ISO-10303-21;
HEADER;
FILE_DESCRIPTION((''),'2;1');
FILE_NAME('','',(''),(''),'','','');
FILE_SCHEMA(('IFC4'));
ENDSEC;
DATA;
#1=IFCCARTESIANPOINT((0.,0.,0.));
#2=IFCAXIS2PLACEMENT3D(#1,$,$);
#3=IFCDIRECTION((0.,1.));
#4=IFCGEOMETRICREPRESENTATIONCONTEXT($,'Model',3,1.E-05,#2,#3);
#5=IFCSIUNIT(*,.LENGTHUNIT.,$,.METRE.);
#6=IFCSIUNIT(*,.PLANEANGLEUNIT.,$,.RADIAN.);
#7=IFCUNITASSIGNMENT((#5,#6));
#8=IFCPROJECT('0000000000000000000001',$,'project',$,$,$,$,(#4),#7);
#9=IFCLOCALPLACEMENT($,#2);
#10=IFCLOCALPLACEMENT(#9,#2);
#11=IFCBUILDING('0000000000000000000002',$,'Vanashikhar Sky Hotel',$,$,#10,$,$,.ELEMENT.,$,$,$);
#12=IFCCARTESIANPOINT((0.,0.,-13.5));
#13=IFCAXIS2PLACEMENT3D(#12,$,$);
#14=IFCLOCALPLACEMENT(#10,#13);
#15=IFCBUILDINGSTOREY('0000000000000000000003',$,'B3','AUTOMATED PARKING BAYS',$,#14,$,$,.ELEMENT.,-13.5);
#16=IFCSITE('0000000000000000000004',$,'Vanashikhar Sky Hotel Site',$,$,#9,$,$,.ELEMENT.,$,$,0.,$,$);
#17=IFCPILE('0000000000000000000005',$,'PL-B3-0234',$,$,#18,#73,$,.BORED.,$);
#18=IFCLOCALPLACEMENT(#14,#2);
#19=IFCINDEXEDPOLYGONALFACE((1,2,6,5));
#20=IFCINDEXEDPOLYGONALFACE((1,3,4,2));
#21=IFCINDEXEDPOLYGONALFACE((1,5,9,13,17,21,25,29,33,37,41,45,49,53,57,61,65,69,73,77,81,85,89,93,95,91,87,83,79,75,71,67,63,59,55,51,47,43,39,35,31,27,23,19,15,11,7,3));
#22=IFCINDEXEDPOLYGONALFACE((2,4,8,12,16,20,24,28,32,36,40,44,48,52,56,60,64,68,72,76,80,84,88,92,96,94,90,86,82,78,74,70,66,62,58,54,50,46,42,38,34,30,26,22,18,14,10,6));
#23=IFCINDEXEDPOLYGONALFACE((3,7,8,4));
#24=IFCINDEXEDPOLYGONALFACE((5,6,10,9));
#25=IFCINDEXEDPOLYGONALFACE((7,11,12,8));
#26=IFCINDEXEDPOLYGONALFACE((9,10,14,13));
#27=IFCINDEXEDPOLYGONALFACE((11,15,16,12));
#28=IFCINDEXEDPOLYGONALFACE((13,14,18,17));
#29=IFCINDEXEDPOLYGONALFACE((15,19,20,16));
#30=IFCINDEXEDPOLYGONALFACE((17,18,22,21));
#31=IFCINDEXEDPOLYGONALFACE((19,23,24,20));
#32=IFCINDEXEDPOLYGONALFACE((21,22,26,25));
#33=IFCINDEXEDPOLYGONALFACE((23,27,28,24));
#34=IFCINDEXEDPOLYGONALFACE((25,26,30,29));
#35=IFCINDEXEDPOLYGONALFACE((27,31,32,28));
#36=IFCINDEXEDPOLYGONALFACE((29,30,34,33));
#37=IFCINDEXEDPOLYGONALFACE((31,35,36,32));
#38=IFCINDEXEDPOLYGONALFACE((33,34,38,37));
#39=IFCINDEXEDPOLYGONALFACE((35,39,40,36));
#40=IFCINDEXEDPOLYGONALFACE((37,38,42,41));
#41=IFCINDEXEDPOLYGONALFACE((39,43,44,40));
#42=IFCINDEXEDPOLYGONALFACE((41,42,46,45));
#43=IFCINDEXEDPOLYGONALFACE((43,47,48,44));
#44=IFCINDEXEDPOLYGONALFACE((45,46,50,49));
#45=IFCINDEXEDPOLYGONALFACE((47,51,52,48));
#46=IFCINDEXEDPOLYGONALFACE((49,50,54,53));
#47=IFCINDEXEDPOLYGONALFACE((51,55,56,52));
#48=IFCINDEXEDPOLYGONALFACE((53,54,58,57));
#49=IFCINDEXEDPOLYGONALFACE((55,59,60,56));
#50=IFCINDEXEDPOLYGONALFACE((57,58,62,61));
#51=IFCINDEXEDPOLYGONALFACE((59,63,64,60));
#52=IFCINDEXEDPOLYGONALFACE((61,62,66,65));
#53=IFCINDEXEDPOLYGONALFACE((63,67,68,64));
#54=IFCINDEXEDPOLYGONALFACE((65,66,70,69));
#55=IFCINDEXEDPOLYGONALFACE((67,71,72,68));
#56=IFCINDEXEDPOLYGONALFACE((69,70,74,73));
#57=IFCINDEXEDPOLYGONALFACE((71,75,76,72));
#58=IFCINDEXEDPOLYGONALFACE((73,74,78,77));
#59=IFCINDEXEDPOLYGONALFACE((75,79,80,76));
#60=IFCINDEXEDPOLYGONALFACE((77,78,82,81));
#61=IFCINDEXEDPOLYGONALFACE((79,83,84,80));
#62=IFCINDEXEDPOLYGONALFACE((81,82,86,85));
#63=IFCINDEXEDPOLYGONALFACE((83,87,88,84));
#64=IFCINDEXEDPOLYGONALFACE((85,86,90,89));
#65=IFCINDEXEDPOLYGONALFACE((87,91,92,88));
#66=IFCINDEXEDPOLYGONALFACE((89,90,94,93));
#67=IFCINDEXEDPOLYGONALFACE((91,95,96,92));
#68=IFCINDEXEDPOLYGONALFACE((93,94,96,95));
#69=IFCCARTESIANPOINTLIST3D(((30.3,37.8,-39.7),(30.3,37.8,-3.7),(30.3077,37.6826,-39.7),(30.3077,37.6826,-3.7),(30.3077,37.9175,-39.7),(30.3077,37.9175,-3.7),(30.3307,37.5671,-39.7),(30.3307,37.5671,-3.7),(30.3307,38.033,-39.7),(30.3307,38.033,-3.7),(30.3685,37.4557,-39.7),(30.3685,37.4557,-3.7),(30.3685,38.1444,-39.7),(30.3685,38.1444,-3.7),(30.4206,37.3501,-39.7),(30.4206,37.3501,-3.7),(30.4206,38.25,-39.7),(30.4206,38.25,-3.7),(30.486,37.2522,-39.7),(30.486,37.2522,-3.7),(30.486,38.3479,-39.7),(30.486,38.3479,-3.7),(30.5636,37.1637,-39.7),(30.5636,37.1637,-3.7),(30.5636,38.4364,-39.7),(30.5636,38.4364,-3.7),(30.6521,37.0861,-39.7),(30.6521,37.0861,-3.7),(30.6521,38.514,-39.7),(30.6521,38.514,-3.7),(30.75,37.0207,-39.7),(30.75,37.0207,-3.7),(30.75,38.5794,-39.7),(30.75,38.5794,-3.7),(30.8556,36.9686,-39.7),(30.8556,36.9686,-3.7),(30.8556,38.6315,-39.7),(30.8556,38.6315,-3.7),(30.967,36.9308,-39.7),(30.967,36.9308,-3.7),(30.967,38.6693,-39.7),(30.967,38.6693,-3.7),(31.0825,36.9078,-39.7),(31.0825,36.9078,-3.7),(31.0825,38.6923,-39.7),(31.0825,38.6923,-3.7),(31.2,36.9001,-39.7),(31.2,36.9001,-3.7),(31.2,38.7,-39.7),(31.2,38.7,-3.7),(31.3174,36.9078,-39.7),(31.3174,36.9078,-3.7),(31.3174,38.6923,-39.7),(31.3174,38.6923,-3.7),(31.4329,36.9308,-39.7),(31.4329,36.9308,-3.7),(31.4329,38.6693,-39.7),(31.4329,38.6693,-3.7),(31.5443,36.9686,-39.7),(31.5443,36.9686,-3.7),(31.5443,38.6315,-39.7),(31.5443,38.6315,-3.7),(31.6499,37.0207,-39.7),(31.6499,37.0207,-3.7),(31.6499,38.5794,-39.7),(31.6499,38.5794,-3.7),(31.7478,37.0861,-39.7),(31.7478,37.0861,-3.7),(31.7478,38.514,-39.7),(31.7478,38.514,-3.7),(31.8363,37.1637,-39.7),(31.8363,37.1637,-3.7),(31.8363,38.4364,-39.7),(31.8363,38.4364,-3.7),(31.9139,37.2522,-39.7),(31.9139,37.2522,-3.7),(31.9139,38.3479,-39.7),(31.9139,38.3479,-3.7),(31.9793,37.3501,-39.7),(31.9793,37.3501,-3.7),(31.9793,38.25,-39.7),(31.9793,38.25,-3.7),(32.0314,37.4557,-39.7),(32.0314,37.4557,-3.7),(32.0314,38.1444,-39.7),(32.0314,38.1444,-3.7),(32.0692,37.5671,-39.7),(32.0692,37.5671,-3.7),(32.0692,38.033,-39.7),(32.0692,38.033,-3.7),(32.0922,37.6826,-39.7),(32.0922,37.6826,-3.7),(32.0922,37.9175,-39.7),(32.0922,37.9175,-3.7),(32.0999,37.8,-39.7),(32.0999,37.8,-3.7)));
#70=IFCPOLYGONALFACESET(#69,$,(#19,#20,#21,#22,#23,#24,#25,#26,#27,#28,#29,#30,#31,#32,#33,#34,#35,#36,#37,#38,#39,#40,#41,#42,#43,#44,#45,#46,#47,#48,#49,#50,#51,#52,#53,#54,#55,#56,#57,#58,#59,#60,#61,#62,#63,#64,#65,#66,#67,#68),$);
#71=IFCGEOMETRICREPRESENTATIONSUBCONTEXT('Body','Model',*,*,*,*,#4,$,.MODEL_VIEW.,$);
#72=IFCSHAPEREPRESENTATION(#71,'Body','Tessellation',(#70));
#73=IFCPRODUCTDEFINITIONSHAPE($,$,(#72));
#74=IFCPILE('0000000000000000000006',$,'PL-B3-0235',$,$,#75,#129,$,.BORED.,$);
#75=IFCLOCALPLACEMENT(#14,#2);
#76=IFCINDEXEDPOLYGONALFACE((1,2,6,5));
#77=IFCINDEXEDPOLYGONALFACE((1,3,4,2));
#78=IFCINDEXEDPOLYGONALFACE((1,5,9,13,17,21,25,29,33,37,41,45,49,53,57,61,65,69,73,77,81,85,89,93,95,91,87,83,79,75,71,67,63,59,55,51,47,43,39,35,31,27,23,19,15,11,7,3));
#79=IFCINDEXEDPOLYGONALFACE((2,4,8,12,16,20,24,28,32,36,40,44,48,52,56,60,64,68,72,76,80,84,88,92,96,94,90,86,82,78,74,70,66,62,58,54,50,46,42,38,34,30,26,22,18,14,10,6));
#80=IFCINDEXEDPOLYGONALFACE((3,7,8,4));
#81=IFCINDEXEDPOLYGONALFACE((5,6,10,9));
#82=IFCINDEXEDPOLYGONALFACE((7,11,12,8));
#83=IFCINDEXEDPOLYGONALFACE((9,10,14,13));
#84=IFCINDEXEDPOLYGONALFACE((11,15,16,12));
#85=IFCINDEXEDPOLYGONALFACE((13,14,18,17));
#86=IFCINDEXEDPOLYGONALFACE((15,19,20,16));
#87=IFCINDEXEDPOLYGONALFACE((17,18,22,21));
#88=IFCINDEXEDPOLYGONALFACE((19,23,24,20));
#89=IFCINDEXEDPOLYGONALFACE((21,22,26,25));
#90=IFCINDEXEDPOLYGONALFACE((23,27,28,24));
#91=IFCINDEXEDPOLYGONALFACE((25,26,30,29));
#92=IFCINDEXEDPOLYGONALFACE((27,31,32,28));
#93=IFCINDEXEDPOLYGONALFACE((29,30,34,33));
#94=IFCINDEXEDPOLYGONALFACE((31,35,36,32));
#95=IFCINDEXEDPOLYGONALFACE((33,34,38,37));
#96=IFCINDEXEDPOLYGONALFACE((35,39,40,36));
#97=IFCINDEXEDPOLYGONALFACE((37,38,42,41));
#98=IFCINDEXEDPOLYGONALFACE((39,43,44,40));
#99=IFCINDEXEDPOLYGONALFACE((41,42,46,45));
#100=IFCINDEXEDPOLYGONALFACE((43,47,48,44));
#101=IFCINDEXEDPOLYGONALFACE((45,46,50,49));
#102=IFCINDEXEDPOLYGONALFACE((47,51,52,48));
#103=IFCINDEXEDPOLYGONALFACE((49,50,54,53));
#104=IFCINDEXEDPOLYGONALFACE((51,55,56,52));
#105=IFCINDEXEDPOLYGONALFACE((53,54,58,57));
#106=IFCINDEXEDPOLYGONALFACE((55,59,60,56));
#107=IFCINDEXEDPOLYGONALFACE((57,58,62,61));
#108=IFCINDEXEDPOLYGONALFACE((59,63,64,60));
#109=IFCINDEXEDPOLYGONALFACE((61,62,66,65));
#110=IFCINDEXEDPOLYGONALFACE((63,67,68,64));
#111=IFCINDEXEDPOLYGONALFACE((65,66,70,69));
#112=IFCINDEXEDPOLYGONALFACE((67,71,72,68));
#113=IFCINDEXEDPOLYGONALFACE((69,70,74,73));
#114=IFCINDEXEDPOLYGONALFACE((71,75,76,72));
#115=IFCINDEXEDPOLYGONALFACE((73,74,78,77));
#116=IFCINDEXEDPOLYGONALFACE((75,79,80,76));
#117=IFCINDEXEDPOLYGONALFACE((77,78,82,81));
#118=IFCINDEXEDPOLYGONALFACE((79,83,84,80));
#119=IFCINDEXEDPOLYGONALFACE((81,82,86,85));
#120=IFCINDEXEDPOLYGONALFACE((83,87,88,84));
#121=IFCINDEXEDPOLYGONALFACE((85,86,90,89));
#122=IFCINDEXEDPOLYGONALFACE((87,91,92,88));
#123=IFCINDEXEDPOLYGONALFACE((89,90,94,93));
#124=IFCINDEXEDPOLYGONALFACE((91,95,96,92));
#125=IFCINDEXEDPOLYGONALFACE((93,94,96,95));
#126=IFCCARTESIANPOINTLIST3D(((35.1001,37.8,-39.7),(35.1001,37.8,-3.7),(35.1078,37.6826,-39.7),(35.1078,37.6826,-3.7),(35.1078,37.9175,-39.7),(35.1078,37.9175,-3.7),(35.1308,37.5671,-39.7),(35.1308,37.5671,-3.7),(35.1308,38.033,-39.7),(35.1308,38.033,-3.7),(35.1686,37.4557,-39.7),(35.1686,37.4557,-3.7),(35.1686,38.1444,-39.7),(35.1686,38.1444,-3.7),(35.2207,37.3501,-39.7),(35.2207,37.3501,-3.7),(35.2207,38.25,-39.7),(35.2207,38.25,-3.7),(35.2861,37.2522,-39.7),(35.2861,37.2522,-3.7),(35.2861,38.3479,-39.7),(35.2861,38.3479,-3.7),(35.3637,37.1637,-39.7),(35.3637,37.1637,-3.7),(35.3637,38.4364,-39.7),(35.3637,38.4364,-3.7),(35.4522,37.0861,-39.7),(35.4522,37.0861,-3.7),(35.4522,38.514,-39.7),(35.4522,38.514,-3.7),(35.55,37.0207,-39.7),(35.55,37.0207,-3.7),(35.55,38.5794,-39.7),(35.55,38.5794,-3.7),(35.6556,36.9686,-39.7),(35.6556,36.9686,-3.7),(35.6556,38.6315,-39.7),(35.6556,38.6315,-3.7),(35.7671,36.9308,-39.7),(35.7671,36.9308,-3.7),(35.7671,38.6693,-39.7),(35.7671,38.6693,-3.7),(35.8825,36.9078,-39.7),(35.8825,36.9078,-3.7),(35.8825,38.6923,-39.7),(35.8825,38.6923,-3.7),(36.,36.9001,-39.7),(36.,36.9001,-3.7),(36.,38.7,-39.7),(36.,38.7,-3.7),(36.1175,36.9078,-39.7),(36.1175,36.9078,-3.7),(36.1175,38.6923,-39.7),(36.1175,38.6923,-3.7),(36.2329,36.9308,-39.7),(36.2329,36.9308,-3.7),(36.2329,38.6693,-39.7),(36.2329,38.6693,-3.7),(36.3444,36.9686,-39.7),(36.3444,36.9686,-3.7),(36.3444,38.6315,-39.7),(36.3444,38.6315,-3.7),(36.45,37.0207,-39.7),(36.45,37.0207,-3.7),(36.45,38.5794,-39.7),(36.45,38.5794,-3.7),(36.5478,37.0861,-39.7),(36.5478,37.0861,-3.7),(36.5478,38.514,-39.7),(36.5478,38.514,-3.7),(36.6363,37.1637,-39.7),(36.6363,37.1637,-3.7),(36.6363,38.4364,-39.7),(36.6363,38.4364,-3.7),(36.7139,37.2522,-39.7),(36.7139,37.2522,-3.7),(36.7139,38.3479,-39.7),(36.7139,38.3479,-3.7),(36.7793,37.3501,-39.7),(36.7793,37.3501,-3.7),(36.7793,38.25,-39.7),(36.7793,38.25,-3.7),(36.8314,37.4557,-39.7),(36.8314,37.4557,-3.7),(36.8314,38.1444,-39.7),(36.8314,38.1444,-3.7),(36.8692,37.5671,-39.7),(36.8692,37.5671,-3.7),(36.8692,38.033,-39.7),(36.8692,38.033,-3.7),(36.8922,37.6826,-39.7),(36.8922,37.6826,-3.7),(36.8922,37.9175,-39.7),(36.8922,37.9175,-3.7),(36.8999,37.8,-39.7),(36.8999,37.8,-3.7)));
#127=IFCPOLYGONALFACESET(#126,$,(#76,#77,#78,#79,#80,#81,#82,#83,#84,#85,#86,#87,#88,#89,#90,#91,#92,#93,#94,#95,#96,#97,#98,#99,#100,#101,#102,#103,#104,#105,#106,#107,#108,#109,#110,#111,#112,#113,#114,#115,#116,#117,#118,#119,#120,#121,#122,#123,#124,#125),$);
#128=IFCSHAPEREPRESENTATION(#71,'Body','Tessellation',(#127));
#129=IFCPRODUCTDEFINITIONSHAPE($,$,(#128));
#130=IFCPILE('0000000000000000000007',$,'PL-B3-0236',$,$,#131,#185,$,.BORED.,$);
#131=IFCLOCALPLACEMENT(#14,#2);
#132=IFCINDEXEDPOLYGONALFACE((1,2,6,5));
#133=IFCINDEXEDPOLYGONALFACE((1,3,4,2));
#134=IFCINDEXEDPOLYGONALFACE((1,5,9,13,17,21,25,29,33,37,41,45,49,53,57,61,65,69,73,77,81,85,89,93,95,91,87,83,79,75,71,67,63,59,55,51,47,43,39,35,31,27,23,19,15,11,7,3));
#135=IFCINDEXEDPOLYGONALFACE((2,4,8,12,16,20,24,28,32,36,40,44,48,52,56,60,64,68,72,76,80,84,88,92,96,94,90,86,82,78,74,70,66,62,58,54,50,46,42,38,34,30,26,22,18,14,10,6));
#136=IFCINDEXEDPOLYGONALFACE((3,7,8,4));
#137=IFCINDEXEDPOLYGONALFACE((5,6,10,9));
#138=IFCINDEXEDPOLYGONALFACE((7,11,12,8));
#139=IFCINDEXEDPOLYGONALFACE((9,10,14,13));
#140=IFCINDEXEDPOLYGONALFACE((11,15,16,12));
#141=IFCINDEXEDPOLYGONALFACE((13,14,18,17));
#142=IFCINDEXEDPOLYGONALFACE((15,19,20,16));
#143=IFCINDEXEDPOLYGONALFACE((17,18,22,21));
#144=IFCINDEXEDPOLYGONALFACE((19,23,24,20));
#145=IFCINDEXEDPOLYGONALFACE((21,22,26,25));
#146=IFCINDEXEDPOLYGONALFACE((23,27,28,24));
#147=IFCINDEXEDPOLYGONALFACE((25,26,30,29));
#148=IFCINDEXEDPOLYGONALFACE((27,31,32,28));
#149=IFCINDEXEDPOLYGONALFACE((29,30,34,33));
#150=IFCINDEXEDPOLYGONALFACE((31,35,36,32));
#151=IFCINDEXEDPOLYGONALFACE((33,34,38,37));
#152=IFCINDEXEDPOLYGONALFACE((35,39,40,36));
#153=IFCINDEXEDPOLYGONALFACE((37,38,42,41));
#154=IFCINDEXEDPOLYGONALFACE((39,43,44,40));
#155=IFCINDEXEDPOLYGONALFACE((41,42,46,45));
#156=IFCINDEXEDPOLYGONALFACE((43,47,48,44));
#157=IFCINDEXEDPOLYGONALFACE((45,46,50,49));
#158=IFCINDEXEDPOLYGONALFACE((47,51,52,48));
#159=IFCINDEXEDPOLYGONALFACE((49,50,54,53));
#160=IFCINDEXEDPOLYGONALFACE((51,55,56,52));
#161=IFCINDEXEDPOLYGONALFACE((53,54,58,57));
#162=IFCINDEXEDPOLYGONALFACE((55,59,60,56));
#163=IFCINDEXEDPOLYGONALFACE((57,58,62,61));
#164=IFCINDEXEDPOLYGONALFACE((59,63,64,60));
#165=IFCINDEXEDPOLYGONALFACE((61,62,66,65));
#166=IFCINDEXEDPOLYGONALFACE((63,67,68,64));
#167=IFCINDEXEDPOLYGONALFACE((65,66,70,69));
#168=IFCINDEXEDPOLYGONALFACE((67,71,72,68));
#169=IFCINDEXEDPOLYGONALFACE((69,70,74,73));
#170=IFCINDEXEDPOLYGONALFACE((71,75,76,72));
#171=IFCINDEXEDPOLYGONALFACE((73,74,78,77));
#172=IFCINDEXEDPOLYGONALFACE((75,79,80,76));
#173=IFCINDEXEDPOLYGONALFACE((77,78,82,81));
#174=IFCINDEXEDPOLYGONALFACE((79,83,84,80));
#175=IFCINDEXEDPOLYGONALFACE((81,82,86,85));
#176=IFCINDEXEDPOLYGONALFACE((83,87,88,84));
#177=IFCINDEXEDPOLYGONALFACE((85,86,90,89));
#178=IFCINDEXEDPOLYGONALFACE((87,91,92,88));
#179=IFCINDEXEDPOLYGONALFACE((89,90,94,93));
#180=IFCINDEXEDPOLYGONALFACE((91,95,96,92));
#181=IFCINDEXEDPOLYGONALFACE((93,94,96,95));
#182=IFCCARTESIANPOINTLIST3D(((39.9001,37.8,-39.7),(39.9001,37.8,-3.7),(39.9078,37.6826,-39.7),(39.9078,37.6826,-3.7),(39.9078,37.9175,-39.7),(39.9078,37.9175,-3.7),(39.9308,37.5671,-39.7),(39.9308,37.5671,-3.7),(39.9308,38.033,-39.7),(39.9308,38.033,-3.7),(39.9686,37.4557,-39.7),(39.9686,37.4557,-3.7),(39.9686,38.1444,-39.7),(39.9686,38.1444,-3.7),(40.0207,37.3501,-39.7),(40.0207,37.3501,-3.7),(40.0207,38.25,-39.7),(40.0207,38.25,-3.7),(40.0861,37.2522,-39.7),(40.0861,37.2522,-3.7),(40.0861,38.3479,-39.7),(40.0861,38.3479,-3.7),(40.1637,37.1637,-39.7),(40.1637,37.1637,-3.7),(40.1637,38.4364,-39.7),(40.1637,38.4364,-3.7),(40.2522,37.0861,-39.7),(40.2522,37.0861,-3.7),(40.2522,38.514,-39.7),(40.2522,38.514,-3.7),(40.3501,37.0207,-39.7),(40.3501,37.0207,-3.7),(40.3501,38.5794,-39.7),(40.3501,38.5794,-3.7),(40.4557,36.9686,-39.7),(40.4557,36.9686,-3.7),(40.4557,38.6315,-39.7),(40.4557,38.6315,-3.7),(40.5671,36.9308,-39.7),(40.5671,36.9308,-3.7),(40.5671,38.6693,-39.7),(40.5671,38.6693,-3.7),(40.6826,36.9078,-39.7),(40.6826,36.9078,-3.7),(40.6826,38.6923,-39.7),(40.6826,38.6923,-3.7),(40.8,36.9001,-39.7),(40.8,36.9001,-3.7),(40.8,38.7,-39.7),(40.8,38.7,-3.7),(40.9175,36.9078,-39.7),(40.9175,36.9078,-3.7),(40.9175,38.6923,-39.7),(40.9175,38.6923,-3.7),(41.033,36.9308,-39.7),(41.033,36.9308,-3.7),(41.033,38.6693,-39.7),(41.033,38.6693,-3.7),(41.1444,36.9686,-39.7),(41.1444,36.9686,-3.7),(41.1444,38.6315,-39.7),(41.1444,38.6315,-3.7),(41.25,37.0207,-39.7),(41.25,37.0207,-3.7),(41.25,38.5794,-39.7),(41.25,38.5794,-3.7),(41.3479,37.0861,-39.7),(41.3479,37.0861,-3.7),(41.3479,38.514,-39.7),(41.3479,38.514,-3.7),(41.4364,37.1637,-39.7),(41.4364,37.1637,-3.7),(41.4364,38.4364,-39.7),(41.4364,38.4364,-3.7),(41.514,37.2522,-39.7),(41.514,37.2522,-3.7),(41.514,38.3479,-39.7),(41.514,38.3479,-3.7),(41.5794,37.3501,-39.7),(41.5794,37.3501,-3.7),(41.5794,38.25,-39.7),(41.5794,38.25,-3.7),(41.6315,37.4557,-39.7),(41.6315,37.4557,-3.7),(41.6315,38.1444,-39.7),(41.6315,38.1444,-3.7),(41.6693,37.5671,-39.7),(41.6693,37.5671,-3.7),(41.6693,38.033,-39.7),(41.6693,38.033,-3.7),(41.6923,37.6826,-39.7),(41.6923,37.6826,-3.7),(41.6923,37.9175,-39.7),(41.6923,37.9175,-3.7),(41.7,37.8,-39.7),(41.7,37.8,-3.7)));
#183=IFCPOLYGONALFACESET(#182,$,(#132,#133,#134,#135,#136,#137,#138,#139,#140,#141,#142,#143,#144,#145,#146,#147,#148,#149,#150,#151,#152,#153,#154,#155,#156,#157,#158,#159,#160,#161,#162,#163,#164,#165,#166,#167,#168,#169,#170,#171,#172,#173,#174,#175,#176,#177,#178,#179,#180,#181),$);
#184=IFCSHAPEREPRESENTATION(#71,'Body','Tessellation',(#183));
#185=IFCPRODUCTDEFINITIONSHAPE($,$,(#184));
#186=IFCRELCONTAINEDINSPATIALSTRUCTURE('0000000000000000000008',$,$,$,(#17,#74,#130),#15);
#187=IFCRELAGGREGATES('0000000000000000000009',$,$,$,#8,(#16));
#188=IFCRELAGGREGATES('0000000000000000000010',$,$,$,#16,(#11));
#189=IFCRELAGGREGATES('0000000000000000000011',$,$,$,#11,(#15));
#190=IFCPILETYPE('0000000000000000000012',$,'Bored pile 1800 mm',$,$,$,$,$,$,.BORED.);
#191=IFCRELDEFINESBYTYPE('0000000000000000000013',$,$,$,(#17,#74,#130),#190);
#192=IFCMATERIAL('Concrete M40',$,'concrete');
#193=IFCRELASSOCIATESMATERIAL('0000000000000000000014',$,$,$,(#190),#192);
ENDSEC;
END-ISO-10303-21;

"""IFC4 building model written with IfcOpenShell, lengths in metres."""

from ifc_helpers import new_model, si_unit, direction, frame, origin, origin_2d, place, context, subcontext, project, spatial, circle, extrude, source, transform, mapped, material, type_object, element, save


model = new_model("IFC4")

# Units and contexts
model_context = context("Model", 3, precision=1e-05, world=origin(), true_north=direction((0.0, 1.0)))
body_context = subcontext(model_context, "Body", "Model", "MODEL_VIEW")
ifc_project = project(units=[si_unit("LENGTHUNIT", "METRE"), si_unit("PLANEANGLEUNIT", "RADIAN")], contexts=[model_context])

# Site, building, storey
site_placement = place(None, origin())
site = spatial("IfcSite", under=ifc_project, at=site_placement, Name="Vanashikhar Sky Hotel Site", CompositionType="ELEMENT", RefElevation=0.0)
building_placement = place(site_placement, origin())
building = spatial("IfcBuilding", under=site, at=building_placement, Name="Vanashikhar Sky Hotel", CompositionType="ELEMENT")
storey_placement = place(building_placement, frame((0.0, 0.0, -13.5)))
storey = spatial("IfcBuildingStorey", under=building, at=storey_placement, Name="B3", Description="AUTOMATED PARKING BAYS", CompositionType="ELEMENT", Elevation=-13.5)

# Piles
ifc_material_1 = material(Name="Concrete M40", Category="concrete")
pile_type_1 = type_object("IfcPileType", Name="Bored pile 1800 mm", PredefinedType="BORED", material=ifc_material_1)
shared_shape_1 = source(origin(), body_context, "Body", "SweptSolid", [
    extrude(circle(Radius=0.8999, at=origin_2d()), origin(), (0.0, 0.0, 1.0), 36.0),
])
for number, where, z_axis, x_axis, name in (
    (1, (31.2, 37.8, -3.7), (0.0, 0.0, -1.0), (1.0, 0.0, 0.0), "PL-B3-0234"),
    (2, (36.0, 37.8, -3.7), (0.0, 0.0, -1.0), (1.0, 0.0, 0.0), "PL-B3-0235"),
    (3, (40.8, 37.8, -3.7), (0.0, 0.0, -1.0), (1.0, 0.0, 0.0), "PL-B3-0236"),
):
    element("IfcPile", number, at=place(storey_placement, frame(where, z_axis=z_axis, x_axis=x_axis)), inside=storey, type_object=pile_type_1, Name=name, PredefinedType="BORED", context=body_context, shape_type="MappedRepresentation", body=[
        mapped(shared_shape_1, transform((0.0, 0.0, 0.0), scale=1.0)),
    ])

save(model, "model.ifc")
